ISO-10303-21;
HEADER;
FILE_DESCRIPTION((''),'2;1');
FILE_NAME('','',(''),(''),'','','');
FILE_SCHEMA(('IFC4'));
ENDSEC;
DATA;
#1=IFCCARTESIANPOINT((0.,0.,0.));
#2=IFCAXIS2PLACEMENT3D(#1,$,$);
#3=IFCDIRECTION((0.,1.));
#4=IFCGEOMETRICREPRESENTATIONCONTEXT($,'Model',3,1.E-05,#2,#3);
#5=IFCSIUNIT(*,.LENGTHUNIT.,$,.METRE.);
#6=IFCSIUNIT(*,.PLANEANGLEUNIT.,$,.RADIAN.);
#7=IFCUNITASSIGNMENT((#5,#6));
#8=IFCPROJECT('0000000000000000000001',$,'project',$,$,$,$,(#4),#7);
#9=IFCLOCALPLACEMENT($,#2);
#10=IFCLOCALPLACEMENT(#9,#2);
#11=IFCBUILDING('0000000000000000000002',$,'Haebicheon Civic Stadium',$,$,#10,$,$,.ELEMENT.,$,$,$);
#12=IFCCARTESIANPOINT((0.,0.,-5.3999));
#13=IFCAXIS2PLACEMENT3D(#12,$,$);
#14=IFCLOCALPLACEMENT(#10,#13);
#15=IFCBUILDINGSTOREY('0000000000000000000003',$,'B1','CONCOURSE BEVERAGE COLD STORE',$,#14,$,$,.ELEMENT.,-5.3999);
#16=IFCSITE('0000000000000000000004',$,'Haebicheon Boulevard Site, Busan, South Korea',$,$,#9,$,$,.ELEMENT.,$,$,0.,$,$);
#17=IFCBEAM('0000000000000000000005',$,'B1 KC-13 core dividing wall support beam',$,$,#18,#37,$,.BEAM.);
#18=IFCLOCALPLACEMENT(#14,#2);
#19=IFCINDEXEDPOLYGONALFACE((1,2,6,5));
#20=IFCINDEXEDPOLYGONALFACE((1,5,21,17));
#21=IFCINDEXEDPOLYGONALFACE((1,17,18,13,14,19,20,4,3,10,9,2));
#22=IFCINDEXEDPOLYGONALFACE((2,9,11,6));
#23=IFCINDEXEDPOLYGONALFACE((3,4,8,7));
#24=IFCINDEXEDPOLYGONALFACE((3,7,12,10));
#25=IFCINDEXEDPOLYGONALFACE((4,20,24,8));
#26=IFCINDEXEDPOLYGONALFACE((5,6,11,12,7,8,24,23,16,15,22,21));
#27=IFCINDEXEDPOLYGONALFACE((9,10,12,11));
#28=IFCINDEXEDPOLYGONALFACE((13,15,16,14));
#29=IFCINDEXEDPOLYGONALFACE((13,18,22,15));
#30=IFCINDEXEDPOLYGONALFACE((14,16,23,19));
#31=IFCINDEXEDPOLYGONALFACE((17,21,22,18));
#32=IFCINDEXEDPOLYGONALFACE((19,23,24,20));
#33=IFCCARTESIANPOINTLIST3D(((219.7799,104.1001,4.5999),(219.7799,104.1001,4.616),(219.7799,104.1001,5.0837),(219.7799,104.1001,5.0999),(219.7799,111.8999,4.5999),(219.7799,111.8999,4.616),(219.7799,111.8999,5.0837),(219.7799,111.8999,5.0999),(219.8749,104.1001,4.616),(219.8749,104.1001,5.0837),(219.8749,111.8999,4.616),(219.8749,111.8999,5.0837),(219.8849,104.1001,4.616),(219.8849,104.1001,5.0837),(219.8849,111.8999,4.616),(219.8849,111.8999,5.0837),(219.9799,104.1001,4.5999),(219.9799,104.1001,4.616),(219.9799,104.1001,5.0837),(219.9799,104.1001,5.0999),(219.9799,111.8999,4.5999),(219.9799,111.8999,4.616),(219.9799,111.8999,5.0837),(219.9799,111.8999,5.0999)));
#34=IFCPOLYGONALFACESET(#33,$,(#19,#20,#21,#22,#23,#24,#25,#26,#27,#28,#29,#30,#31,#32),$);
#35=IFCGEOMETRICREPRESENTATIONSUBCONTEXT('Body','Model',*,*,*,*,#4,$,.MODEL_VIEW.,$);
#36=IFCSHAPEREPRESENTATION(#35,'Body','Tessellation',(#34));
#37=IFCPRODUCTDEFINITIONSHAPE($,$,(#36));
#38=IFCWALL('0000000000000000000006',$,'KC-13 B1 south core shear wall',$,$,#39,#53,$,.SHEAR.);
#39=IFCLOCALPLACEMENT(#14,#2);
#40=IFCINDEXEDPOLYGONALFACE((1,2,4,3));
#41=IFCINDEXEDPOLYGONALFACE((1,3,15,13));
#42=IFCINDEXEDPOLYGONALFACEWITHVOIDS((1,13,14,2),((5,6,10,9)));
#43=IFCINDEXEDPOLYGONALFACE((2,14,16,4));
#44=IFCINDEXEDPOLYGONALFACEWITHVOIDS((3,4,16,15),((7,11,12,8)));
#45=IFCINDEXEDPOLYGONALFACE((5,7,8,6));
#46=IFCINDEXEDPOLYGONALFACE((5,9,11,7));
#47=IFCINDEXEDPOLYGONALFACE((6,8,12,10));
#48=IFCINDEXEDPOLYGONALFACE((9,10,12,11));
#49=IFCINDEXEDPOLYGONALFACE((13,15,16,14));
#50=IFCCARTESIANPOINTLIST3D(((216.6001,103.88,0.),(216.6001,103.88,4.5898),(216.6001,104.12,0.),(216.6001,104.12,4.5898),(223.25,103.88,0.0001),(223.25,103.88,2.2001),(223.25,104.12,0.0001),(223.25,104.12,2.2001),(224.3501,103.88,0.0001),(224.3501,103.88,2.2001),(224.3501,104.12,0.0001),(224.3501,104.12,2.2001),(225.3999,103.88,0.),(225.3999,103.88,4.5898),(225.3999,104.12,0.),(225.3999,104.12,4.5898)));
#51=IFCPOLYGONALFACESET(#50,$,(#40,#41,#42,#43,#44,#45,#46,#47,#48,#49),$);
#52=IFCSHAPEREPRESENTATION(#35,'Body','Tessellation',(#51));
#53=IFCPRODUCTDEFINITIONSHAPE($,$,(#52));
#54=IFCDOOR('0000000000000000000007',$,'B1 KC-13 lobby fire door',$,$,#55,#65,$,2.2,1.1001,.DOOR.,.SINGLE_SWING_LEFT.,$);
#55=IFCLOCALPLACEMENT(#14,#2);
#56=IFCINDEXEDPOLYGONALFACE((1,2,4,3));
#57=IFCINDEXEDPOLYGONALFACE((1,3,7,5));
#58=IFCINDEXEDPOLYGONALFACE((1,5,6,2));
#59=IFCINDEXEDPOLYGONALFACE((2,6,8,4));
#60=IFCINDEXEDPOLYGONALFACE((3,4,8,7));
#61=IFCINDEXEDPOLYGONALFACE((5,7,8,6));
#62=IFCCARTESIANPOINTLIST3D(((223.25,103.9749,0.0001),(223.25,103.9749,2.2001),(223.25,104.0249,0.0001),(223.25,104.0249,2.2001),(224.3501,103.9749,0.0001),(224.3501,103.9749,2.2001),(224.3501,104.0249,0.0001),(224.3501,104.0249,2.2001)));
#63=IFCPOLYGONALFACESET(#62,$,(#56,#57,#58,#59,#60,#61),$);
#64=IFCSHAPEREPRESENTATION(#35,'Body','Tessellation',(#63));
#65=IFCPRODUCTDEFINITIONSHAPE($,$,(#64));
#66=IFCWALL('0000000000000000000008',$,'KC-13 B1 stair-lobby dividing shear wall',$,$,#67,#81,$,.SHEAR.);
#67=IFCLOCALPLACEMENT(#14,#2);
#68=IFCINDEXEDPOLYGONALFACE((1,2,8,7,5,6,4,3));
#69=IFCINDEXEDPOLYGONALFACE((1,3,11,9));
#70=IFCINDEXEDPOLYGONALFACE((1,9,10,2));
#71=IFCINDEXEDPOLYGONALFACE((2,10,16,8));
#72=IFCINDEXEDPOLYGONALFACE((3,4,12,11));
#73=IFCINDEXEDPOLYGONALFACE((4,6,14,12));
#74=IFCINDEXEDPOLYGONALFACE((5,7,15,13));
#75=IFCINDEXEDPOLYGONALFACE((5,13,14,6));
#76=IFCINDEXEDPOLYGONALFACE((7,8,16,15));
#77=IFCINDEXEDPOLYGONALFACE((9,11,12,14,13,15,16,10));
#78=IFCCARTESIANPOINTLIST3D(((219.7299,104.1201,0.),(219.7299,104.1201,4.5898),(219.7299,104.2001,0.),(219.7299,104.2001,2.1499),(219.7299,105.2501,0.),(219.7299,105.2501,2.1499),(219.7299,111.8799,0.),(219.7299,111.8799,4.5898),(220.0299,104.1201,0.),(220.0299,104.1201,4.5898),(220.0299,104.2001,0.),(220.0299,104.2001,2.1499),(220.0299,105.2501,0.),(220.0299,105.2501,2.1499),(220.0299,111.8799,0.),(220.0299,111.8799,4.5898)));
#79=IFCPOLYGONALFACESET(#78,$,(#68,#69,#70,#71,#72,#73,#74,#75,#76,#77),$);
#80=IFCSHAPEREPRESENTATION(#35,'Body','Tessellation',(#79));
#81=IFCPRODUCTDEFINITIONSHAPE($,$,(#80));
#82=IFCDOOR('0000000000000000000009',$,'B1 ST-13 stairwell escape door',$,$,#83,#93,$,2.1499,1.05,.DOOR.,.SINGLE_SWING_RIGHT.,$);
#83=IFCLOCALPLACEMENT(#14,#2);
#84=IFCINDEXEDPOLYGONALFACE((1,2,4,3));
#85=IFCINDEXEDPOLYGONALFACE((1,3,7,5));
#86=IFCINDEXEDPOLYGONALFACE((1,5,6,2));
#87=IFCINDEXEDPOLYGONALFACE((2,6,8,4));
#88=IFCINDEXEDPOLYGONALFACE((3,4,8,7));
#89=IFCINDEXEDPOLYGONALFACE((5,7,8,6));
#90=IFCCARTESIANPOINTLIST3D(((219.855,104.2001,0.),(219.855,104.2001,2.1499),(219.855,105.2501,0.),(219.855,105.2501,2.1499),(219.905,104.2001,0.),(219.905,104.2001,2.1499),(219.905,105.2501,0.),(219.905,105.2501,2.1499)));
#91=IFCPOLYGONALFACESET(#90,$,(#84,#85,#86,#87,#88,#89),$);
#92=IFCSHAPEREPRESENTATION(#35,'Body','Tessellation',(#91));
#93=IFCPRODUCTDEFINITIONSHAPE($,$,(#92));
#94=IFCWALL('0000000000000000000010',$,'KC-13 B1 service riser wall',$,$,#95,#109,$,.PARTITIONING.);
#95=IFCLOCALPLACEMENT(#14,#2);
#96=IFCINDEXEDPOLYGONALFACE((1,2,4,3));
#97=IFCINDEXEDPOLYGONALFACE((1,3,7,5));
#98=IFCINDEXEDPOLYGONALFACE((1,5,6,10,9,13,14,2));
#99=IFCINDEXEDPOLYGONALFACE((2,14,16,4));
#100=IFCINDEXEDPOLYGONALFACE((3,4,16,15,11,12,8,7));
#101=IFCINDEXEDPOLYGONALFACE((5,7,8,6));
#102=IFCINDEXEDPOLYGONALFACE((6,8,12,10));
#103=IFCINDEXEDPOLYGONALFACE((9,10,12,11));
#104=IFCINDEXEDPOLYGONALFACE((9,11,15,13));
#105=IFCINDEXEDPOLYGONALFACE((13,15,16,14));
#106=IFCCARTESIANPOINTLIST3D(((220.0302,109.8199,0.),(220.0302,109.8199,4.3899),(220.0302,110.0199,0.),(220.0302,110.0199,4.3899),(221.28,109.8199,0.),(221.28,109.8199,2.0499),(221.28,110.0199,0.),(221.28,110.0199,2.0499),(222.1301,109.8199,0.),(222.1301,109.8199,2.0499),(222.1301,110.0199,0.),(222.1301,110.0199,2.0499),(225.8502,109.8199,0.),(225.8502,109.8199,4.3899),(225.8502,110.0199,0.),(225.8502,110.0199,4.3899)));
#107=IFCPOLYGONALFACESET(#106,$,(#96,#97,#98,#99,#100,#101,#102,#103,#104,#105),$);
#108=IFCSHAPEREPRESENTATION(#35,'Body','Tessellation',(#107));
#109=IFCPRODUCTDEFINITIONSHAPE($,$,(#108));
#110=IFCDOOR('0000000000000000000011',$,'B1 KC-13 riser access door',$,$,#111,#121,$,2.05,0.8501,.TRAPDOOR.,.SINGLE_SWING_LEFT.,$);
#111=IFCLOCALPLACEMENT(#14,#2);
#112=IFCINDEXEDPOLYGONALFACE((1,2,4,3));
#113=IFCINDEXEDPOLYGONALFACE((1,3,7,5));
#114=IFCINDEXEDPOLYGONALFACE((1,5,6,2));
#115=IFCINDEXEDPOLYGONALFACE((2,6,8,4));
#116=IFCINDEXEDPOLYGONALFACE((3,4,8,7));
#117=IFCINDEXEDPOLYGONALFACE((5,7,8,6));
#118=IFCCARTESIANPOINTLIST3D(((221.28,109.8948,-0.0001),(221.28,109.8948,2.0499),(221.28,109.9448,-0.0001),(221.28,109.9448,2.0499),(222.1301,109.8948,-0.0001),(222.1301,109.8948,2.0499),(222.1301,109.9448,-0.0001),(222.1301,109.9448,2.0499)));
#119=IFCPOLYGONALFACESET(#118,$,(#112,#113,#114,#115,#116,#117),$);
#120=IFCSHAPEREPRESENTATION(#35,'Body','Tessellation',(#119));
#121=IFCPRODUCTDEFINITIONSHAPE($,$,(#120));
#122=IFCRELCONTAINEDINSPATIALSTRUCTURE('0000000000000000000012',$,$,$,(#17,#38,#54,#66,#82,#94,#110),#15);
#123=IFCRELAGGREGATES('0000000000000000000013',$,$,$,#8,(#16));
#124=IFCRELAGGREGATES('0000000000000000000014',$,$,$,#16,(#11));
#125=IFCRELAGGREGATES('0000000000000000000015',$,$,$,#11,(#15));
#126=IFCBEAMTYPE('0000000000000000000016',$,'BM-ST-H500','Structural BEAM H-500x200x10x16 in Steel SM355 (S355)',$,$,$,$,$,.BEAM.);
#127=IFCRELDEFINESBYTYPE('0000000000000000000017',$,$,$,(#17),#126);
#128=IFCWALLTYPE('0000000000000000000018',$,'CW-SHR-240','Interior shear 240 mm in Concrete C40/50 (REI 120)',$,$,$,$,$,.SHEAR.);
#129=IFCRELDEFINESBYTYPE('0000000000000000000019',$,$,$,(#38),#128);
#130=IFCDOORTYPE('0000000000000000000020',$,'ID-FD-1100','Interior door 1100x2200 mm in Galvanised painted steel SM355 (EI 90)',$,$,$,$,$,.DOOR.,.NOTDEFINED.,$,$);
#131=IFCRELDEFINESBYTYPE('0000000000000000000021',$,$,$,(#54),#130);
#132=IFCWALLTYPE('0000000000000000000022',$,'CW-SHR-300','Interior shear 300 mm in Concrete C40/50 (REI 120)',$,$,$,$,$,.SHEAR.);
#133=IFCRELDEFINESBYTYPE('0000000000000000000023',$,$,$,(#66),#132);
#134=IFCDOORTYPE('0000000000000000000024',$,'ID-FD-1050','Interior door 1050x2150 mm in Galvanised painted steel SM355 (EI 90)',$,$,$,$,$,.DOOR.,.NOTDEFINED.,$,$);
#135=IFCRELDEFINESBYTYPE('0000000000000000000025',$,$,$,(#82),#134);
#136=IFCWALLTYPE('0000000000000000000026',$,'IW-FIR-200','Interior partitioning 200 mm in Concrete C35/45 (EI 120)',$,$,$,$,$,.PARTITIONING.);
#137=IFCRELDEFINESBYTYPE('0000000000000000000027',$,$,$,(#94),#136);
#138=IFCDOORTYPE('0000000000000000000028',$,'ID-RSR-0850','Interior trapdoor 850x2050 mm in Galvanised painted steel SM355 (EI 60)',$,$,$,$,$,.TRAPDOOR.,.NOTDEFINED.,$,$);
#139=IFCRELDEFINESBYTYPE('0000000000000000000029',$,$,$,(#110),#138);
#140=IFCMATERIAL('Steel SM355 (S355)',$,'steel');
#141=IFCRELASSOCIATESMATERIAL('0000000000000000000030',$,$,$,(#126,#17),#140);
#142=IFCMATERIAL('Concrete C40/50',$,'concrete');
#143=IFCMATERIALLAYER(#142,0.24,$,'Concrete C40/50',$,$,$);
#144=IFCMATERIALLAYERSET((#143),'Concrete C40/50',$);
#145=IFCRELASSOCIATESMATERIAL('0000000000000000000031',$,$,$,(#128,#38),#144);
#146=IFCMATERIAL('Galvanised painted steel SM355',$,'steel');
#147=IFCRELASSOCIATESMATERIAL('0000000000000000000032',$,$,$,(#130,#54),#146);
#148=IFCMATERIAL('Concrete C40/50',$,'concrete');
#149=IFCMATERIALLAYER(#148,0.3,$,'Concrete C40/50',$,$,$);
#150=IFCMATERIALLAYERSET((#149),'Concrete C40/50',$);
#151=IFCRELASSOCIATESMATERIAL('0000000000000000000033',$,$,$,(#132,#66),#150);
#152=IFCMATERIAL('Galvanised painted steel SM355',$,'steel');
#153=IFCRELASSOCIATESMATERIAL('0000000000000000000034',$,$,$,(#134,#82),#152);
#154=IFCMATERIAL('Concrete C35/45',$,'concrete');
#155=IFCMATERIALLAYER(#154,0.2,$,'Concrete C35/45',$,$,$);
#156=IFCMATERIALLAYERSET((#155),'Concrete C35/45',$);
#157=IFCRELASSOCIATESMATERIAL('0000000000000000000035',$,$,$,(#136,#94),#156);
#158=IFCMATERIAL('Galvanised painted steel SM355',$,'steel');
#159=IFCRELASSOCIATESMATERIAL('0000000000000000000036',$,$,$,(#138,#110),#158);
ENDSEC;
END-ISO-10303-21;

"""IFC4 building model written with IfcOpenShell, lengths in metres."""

from ifc_helpers import new_model, si_unit, direction, frame, frame_2d, origin, origin_2d, place, context, subcontext, project, spatial, rectangle, i_section, extrude, material, layer, layer_set, material_profile, profile_set, type_object, element, fill, save


model = new_model("IFC4")

# Units and contexts
model_context = context("Model", 3, precision=1e-05, world=origin(), true_north=direction((0.0, 1.0)))
body_context = subcontext(model_context, "Body", "Model", "MODEL_VIEW")
ifc_project = project(units=[si_unit("LENGTHUNIT", "METRE"), si_unit("PLANEANGLEUNIT", "RADIAN")], contexts=[model_context])

# Site, building, storey
site_placement = place(None, origin())
site = spatial("IfcSite", under=ifc_project, at=site_placement, Name="Haebicheon Boulevard Site, Busan, South Korea", CompositionType="ELEMENT", RefElevation=0.0)
building_placement = place(site_placement, origin())
building = spatial("IfcBuilding", under=site, at=building_placement, Name="Haebicheon Civic Stadium", CompositionType="ELEMENT")
storey_placement = place(building_placement, frame((0.0, 0.0, -5.3999)))
storey = spatial("IfcBuildingStorey", under=building, at=storey_placement, Name="B1", Description="CONCOURSE BEVERAGE COLD STORE", CompositionType="ELEMENT", Elevation=-5.3999)

# Beam
ifc_material_1 = material(Name="Steel SM355 (S355)", Category="steel")
ifc_material_profile_1 = material_profile(ifc_material_1, i_section(OverallWidth=0.2, OverallDepth=0.5, WebThickness=0.01, FlangeThickness=0.0161, at=origin_2d()), Name="H-500x200x10x16")
ifc_profile_set_1 = profile_set([ifc_material_profile_1], Name="Steel SM355 (S355)")
beam_type = type_object("IfcBeamType", Name="BM-ST-H500", Description="Structural BEAM H-500x200x10x16 in Steel SM355 (S355)", PredefinedType="BEAM", material=ifc_profile_set_1)
beam_placement = place(storey_placement, frame((219.8799, 104.1001, 4.8499), z_axis=(0.0, 1.0, 0.0), x_axis=(-1.0, 0.0, 0.0)))
element("IfcBeam", 1, at=beam_placement, inside=storey, type_object=beam_type, material=ifc_profile_set_1, Name="B1 KC-13 core dividing wall support beam", PredefinedType="BEAM", context=body_context, shape_type="SweptSolid", body=[
    extrude(i_section(OverallWidth=0.2, OverallDepth=0.5, WebThickness=0.01, FlangeThickness=0.0161, at=origin_2d()), origin(), (0.0, 0.0, 1.0), 7.7998),
])

# Walls, openings, doors
ifc_material_2 = material(Name="Concrete C40/50", Category="concrete")
ifc_layer_1 = layer(ifc_material_2, 0.24, Name="Concrete C40/50")
ifc_layer_set_1 = layer_set([ifc_layer_1], Name="Concrete C40/50")
wall_type_1 = type_object("IfcWallType", Name="CW-SHR-240", Description="Interior shear 240 mm in Concrete C40/50 (REI 120)", PredefinedType="SHEAR", material=ifc_layer_set_1)
wall_1_placement = place(storey_placement, frame((216.6001, 104.0, 0.0), z_axis=(0.0, 0.0, 1.0), x_axis=(1.0, 0.0, 0.0)))
wall_1 = element("IfcWall", 2, at=wall_1_placement, inside=storey, type_object=wall_type_1, material=ifc_layer_set_1, Name="KC-13 B1 south core shear wall", PredefinedType="SHEAR", context=body_context, shape_type="SweptSolid", body=[
    extrude(rectangle(XDim=8.7998, YDim=0.24, at=frame_2d((4.3999, 0.0))), origin(), (0.0, 0.0, 1.0), 4.5898),
])
opening_1_placement = place(wall_1_placement, frame((6.6499, 0.0, 0.0)))
opening_1 = element("IfcOpeningElement", 3, at=opening_1_placement, cuts=wall_1, PredefinedType="OPENING", context=body_context, shape_type="SweptSolid", body=[
    extrude(rectangle(XDim=1.1001, YDim=2.2, at=frame_2d((0.55, 1.1001))), frame((0.0, 0.1299, 0.0), z_axis=(0.0, -1.0, 0.0), x_axis=(1.0, 0.0, 0.0)), (0.0, 0.0, 1.0), 0.26),
])
ifc_material_3 = material(Name="Galvanised painted steel SM355", Category="steel")
door_type_1 = type_object("IfcDoorType", Name="ID-FD-1100", Description="Interior door 1100x2200 mm in Galvanised painted steel SM355 (EI 90)", OperationType="NOTDEFINED", PredefinedType="DOOR", material=ifc_material_3)
door_1_placement = place(opening_1_placement, origin())
door_1 = element("IfcDoor", 4, at=door_1_placement, inside=storey, type_object=door_type_1, material=ifc_material_3, Name="B1 KC-13 lobby fire door", OperationType="SINGLE_SWING_LEFT", OverallHeight=2.2, OverallWidth=1.1001, PredefinedType="DOOR", context=body_context, shape_type="SweptSolid", body=[
    extrude(rectangle(XDim=1.1001, YDim=2.2, at=frame_2d((0.55, 1.1001))), frame((0.0, 0.0249, 0.0), z_axis=(0.0, -1.0, 0.0), x_axis=(1.0, 0.0, 0.0)), (0.0, 0.0, 1.0), 0.05),
])
fill(opening_1, door_1)
ifc_material_4 = material(Name="Concrete C40/50", Category="concrete")
ifc_layer_2 = layer(ifc_material_4, 0.3, Name="Concrete C40/50")
ifc_layer_set_2 = layer_set([ifc_layer_2], Name="Concrete C40/50")
wall_type_2 = type_object("IfcWallType", Name="CW-SHR-300", Description="Interior shear 300 mm in Concrete C40/50 (REI 120)", PredefinedType="SHEAR", material=ifc_layer_set_2)
wall_2_placement = place(storey_placement, frame((219.8799, 104.1201, 0.0), z_axis=(0.0, 0.0, 1.0), x_axis=(0.0, 1.0, 0.0)))
wall_2 = element("IfcWall", 5, at=wall_2_placement, inside=storey, type_object=wall_type_2, material=ifc_layer_set_2, Name="KC-13 B1 stair-lobby dividing shear wall", PredefinedType="SHEAR", context=body_context, shape_type="SweptSolid", body=[
    extrude(rectangle(XDim=7.7598, YDim=0.3, at=frame_2d((3.8799, 0.0))), origin(), (0.0, 0.0, 1.0), 4.5898),
])
opening_2_placement = place(wall_2_placement, frame((0.0801, 0.0, 0.0)))
opening_2 = element("IfcOpeningElement", 6, at=opening_2_placement, cuts=wall_2, PredefinedType="OPENING", context=body_context, shape_type="SweptSolid", body=[
    extrude(rectangle(XDim=1.05, YDim=2.1499, at=frame_2d((0.5249, 1.075))), frame((0.0, 0.1599, 0.0), z_axis=(0.0, -1.0, 0.0), x_axis=(1.0, 0.0, 0.0)), (0.0, 0.0, 1.0), 0.3201),
])
ifc_material_5 = material(Name="Galvanised painted steel SM355", Category="steel")
door_type_2 = type_object("IfcDoorType", Name="ID-FD-1050", Description="Interior door 1050x2150 mm in Galvanised painted steel SM355 (EI 90)", OperationType="NOTDEFINED", PredefinedType="DOOR", material=ifc_material_5)
door_2_placement = place(opening_2_placement, origin())
door_2 = element("IfcDoor", 7, at=door_2_placement, inside=storey, type_object=door_type_2, material=ifc_material_5, Name="B1 ST-13 stairwell escape door", OperationType="SINGLE_SWING_RIGHT", OverallHeight=2.1499, OverallWidth=1.05, PredefinedType="DOOR", context=body_context, shape_type="SweptSolid", body=[
    extrude(rectangle(XDim=1.05, YDim=2.1499, at=frame_2d((0.5249, 1.075))), frame((0.0, 0.0249, 0.0), z_axis=(0.0, -1.0, 0.0), x_axis=(1.0, 0.0, 0.0)), (0.0, 0.0, 1.0), 0.05),
])
fill(opening_2, door_2)
ifc_material_6 = material(Name="Concrete C35/45", Category="concrete")
ifc_layer_3 = layer(ifc_material_6, 0.2, Name="Concrete C35/45")
ifc_layer_set_3 = layer_set([ifc_layer_3], Name="Concrete C35/45")
wall_type_3 = type_object("IfcWallType", Name="IW-FIR-200", Description="Interior partitioning 200 mm in Concrete C35/45 (EI 120)", PredefinedType="PARTITIONING", material=ifc_layer_set_3)
wall_3_placement = place(storey_placement, frame((220.03, 109.9199, 0.0), z_axis=(0.0, 0.0, 1.0), x_axis=(1.0, 0.0, 0.0)))
wall_3 = element("IfcWall", 8, at=wall_3_placement, inside=storey, type_object=wall_type_3, material=ifc_layer_set_3, Name="KC-13 B1 service riser wall", PredefinedType="PARTITIONING", context=body_context, shape_type="SweptSolid", body=[
    extrude(rectangle(XDim=5.8201, YDim=0.2, at=frame_2d((2.9102, 0.0))), origin(), (0.0, 0.0, 1.0), 4.3899),
])
opening_3_placement = place(wall_3_placement, frame((1.25, 0.0, 0.0)))
opening_3 = element("IfcOpeningElement", 9, at=opening_3_placement, cuts=wall_3, PredefinedType="OPENING", context=body_context, shape_type="SweptSolid", body=[
    extrude(rectangle(XDim=0.8501, YDim=2.05, at=frame_2d((0.425, 1.0249))), frame((0.0, 0.1099, 0.0), z_axis=(0.0, -1.0, 0.0), x_axis=(1.0, 0.0, 0.0)), (0.0, 0.0, 1.0), 0.22),
])
ifc_material_7 = material(Name="Galvanised painted steel SM355", Category="steel")
door_type_3 = type_object("IfcDoorType", Name="ID-RSR-0850", Description="Interior trapdoor 850x2050 mm in Galvanised painted steel SM355 (EI 60)", OperationType="NOTDEFINED", PredefinedType="TRAPDOOR", material=ifc_material_7)
door_3_placement = place(opening_3_placement, origin())
door_3 = element("IfcDoor", 10, at=door_3_placement, inside=storey, type_object=door_type_3, material=ifc_material_7, Name="B1 KC-13 riser access door", OperationType="SINGLE_SWING_LEFT", OverallHeight=2.05, OverallWidth=0.8501, PredefinedType="TRAPDOOR", context=body_context, shape_type="SweptSolid", body=[
    extrude(rectangle(XDim=0.8501, YDim=2.05, at=frame_2d((0.425, 1.0249))), frame((0.0, 0.0249, 0.0), z_axis=(0.0, -1.0, 0.0), x_axis=(1.0, 0.0, 0.0)), (0.0, 0.0, 1.0), 0.05),
])
fill(opening_3, door_3)

save(model, "model.ifc")
